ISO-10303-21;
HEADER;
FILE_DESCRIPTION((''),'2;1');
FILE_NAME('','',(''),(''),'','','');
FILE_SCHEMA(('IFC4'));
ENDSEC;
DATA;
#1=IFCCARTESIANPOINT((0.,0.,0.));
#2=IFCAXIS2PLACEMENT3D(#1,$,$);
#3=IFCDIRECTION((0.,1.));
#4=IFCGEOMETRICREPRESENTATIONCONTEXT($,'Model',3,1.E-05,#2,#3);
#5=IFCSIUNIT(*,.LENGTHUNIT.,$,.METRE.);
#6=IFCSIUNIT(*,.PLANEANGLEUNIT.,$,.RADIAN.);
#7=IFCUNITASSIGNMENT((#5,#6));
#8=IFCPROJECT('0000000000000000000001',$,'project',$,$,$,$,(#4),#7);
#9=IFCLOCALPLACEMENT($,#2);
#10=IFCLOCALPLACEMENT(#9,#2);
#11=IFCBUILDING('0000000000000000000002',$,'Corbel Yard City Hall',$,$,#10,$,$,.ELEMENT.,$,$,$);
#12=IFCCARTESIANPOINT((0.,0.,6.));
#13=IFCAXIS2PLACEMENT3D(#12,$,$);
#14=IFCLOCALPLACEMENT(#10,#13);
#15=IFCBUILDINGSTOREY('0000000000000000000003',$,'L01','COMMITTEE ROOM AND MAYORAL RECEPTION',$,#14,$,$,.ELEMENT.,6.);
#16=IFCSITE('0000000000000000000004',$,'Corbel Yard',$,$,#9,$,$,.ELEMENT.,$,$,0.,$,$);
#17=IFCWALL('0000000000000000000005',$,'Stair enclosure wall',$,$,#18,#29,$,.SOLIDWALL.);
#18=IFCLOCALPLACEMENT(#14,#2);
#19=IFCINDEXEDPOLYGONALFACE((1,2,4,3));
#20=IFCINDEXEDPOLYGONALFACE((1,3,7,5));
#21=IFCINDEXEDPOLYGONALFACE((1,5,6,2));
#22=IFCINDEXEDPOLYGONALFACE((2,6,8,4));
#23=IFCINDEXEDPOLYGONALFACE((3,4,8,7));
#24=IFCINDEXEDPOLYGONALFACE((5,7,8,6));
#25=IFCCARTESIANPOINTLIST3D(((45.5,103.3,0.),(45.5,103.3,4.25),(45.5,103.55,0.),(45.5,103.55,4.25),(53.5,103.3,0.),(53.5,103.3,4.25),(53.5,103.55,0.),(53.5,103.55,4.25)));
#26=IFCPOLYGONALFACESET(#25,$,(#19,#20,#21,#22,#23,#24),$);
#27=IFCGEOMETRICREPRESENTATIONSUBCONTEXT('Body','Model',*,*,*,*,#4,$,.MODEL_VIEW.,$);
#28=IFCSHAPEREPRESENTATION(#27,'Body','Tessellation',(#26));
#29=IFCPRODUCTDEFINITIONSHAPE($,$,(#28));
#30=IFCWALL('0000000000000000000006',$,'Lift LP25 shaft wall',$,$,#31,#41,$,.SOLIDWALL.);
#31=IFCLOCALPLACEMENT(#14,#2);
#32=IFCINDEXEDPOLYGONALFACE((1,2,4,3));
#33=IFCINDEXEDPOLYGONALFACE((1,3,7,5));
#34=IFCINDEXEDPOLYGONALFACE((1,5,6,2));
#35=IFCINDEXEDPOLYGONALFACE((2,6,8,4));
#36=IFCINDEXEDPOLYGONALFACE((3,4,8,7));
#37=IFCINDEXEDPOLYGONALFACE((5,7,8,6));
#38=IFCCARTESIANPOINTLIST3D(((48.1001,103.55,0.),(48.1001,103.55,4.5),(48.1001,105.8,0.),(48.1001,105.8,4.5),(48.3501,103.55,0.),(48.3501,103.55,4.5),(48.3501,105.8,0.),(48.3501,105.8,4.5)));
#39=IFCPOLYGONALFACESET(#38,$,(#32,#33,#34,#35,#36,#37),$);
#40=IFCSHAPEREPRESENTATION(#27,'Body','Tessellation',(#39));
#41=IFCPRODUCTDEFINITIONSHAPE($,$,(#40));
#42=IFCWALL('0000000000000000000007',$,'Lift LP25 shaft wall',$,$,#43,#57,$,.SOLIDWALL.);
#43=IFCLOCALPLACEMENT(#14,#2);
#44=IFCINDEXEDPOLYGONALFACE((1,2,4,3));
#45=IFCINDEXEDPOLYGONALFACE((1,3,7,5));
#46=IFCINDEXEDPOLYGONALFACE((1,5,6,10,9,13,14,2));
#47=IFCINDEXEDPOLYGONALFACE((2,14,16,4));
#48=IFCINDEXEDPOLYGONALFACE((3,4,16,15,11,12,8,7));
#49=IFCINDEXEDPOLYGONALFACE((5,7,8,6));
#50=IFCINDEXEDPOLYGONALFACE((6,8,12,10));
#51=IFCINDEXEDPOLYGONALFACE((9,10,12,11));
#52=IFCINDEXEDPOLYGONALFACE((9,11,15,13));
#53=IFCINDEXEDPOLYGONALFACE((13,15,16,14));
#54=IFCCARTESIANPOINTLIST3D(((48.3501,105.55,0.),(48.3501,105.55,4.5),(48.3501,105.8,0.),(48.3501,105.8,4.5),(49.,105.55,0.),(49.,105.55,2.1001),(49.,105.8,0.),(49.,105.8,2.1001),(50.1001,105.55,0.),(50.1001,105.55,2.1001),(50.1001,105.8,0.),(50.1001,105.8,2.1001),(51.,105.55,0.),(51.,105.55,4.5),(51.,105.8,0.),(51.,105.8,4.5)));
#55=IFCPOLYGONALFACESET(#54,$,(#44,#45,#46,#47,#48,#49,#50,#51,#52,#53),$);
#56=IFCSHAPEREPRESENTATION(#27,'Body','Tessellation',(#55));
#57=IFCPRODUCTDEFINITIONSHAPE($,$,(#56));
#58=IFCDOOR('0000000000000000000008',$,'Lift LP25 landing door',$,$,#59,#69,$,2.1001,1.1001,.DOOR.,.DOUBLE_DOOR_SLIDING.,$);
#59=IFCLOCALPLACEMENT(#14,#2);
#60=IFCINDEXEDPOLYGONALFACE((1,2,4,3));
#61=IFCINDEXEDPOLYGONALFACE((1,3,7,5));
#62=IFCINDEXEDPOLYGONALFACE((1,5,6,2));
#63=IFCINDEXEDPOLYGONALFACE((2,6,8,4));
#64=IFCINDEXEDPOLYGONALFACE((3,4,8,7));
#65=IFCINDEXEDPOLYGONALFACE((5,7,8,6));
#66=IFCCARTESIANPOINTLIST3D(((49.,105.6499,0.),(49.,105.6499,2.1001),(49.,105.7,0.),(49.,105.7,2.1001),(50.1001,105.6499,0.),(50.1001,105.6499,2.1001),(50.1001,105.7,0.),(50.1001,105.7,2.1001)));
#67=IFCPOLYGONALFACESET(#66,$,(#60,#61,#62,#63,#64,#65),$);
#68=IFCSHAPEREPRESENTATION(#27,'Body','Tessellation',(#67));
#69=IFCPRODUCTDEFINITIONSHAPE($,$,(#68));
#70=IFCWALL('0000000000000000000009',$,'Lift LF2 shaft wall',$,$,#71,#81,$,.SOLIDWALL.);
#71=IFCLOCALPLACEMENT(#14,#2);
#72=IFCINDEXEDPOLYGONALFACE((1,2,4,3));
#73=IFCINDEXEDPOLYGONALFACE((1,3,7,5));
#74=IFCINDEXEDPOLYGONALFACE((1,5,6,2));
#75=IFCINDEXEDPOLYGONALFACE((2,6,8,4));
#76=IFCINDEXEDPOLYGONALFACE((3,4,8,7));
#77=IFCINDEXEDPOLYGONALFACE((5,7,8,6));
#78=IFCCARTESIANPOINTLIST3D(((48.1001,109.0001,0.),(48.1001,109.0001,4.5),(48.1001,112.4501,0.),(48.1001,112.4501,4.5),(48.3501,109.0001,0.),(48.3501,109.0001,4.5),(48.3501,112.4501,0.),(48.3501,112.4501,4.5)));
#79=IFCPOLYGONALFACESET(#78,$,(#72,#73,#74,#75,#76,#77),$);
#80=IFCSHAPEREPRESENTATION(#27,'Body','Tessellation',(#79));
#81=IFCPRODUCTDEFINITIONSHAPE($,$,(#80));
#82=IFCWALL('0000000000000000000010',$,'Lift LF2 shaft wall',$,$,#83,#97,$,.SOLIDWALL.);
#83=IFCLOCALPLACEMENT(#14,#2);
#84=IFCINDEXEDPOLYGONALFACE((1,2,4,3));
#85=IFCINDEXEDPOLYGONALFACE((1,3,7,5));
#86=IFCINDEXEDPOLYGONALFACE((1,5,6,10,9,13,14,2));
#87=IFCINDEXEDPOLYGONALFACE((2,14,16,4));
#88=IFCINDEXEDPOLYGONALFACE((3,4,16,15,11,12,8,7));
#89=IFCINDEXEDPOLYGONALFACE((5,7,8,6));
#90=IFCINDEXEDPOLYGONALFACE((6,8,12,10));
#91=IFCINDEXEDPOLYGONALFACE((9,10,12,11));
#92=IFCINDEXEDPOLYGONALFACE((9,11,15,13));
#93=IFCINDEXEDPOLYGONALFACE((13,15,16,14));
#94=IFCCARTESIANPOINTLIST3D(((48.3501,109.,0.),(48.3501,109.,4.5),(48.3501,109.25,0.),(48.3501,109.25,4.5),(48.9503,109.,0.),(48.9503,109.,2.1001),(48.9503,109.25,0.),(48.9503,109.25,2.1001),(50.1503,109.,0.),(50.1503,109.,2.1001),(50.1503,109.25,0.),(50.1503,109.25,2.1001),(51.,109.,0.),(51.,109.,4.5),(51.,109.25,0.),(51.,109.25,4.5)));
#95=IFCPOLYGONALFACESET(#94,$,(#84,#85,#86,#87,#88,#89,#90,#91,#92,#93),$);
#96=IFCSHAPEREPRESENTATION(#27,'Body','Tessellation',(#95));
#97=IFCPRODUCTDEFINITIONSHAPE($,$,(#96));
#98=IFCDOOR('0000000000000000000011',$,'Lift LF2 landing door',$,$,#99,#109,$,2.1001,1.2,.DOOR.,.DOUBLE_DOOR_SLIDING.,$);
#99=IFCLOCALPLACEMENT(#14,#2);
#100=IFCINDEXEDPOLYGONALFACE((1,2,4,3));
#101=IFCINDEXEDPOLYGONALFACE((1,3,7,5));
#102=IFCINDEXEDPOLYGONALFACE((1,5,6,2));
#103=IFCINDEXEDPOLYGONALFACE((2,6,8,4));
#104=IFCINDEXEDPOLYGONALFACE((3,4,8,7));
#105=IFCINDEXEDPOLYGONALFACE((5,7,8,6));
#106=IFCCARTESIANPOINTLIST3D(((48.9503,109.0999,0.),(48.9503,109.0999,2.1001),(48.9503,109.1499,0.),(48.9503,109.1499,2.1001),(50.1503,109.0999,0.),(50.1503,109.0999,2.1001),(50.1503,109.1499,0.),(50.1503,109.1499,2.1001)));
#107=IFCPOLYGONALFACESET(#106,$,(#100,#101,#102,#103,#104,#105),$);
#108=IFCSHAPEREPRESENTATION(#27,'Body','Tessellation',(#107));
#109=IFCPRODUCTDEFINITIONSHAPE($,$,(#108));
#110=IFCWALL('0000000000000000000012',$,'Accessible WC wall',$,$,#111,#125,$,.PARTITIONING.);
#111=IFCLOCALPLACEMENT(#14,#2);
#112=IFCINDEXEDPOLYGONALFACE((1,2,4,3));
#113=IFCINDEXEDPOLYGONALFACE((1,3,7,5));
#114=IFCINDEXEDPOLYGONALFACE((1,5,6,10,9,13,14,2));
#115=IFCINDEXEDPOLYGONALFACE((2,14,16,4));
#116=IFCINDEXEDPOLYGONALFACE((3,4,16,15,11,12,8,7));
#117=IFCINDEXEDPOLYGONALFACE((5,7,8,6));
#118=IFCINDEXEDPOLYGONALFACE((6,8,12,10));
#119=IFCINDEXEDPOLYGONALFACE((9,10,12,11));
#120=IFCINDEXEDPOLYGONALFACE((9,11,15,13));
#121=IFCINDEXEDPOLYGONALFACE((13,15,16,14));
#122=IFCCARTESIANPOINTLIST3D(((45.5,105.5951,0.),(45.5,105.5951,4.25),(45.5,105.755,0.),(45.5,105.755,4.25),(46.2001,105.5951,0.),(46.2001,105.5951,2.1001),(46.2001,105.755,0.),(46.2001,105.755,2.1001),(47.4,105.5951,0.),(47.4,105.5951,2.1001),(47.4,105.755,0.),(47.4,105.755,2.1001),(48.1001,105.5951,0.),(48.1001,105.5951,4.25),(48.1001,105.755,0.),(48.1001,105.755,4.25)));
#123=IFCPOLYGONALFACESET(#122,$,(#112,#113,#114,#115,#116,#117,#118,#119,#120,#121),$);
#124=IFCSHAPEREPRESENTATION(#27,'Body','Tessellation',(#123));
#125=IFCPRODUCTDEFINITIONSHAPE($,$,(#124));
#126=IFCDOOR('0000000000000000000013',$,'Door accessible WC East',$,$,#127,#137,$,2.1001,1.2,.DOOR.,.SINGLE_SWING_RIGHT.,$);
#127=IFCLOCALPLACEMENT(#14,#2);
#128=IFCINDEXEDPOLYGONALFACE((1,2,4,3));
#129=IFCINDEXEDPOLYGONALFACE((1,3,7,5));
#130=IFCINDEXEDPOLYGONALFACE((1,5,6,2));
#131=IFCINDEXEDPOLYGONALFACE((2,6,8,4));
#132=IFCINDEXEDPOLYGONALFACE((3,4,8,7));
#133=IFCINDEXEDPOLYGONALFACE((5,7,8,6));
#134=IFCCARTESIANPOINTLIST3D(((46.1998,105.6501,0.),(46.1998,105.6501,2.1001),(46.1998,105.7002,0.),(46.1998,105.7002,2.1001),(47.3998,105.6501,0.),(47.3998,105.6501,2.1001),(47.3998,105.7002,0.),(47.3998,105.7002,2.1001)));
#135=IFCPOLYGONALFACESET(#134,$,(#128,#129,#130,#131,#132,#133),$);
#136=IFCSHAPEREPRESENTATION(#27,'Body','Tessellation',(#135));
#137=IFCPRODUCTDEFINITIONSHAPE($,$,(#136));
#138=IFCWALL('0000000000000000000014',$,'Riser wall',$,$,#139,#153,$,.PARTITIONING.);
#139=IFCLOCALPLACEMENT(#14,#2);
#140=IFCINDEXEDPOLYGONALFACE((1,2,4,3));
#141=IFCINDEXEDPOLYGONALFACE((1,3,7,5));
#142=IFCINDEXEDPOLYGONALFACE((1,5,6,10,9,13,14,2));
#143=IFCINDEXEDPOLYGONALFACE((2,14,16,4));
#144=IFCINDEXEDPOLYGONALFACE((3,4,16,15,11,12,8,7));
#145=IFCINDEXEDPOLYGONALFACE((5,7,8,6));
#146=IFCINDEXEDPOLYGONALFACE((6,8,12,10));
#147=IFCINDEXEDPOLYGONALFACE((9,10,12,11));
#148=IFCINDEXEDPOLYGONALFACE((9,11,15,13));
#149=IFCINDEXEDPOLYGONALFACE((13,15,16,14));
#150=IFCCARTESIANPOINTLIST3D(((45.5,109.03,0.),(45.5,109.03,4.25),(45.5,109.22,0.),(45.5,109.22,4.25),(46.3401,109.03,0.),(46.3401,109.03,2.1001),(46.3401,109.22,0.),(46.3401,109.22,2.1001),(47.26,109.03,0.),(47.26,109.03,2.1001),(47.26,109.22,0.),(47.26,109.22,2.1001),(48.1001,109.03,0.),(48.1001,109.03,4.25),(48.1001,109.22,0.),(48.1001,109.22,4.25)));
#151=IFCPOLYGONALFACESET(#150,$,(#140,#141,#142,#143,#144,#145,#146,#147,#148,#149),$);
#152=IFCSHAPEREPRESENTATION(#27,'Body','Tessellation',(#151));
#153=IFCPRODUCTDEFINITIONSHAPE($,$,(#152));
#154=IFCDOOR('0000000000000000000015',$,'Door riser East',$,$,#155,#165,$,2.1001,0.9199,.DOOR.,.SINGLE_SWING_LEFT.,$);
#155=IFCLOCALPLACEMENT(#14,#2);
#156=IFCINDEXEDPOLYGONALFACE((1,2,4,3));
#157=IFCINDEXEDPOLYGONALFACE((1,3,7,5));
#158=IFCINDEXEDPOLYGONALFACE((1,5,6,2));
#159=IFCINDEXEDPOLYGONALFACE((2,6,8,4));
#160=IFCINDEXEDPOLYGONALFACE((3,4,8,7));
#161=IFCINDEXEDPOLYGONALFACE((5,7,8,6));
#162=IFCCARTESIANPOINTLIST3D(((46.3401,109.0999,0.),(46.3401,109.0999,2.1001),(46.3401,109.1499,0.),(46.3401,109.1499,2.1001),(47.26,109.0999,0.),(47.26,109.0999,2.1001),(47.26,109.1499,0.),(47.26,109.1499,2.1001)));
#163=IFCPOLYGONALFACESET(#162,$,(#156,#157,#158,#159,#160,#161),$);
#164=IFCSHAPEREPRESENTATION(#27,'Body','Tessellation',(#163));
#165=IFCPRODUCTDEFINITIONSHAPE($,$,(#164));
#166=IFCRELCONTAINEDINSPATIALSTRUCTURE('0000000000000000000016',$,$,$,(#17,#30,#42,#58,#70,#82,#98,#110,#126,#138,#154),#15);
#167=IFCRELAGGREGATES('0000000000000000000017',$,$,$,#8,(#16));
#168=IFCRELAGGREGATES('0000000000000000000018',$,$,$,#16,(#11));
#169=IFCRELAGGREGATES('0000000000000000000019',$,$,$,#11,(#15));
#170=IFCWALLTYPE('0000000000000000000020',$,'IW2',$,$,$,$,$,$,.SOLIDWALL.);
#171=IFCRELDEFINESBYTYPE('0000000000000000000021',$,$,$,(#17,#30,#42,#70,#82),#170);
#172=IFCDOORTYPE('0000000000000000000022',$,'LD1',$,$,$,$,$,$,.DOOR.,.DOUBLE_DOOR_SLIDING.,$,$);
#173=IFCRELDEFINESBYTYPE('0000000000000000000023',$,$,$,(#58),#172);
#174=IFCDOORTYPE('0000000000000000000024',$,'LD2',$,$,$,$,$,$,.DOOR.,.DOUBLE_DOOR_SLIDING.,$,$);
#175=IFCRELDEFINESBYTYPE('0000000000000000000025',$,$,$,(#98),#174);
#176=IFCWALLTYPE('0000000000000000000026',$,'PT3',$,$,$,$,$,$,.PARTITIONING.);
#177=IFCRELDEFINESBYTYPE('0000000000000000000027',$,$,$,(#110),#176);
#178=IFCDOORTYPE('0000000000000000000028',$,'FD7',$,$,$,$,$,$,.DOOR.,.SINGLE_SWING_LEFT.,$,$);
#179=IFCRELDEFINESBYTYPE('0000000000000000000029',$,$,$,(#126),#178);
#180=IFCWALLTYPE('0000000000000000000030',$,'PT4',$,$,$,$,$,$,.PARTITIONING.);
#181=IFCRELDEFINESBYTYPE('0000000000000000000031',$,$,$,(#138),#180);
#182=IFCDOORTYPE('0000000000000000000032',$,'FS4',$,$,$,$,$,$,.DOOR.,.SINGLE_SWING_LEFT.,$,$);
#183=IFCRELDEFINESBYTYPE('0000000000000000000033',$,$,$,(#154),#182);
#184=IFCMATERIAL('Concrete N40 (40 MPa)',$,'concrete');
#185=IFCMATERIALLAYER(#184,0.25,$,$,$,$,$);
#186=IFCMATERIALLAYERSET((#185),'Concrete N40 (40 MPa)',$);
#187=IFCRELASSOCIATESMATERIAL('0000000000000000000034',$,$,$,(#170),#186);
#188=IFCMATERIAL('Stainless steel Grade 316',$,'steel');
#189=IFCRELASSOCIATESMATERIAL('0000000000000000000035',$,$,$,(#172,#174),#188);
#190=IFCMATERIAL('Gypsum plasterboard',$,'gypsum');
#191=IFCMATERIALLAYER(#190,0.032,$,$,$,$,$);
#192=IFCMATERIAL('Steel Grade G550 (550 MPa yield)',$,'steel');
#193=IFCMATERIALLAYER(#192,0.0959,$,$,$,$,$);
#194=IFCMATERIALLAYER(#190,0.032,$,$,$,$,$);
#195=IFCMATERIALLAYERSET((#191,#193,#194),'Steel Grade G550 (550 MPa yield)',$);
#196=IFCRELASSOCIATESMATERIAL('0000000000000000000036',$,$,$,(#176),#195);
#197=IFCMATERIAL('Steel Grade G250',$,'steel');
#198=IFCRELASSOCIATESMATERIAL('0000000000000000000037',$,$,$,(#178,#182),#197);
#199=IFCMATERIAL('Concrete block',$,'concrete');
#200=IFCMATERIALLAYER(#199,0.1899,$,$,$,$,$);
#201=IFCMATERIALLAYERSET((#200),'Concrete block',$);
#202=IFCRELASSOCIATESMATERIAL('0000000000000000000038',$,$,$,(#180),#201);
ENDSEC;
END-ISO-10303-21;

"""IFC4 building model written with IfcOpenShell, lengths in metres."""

from ifc_helpers import new_model, si_unit, direction, frame, frame_2d, origin, place, context, subcontext, project, spatial, rectangle, extrude, material, layer, layer_set, type_object, element, fill, save


model = new_model("IFC4")

# Units and contexts
model_context = context("Model", 3, precision=1e-05, world=origin(), true_north=direction((0.0, 1.0)))
body_context = subcontext(model_context, "Body", "Model", "MODEL_VIEW")
ifc_project = project(units=[si_unit("LENGTHUNIT", "METRE"), si_unit("PLANEANGLEUNIT", "RADIAN")], contexts=[model_context])

# Site, building, storey
site_placement = place(None, origin())
site = spatial("IfcSite", under=ifc_project, at=site_placement, Name="Corbel Yard", CompositionType="ELEMENT", RefElevation=0.0)
building_placement = place(site_placement, origin())
building = spatial("IfcBuilding", under=site, at=building_placement, Name="Corbel Yard City Hall", CompositionType="ELEMENT")
storey_placement = place(building_placement, frame((0.0, 0.0, 6.0)))
storey = spatial("IfcBuildingStorey", under=building, at=storey_placement, Name="L01", Description="COMMITTEE ROOM AND MAYORAL RECEPTION", CompositionType="ELEMENT", Elevation=6.0)

# Walls
ifc_material_1 = material(Name="Concrete N40 (40 MPa)", Category="concrete")
ifc_layer_1 = layer(ifc_material_1, 0.25)
ifc_layer_set_1 = layer_set([ifc_layer_1], Name="Concrete N40 (40 MPa)")
wall_type_1 = type_object("IfcWallType", Name="IW2", PredefinedType="SOLIDWALL", material=ifc_layer_set_1)
wall_1_placement = place(storey_placement, frame((45.5, 103.425, 0.0), z_axis=(0.0, 0.0, 1.0), x_axis=(1.0, 0.0, 0.0)))
element("IfcWall", 1, at=wall_1_placement, inside=storey, type_object=wall_type_1, Name="Stair enclosure wall", PredefinedType="SOLIDWALL", context=body_context, shape_type="SweptSolid", body=[
    extrude(rectangle(XDim=8.0, YDim=0.25, at=frame_2d((4.0, 0.0))), origin(), (0.0, 0.0, 1.0), 4.25),
])
wall_2_placement = place(storey_placement, frame((48.2251, 103.55, 0.0), z_axis=(0.0, 0.0, 1.0), x_axis=(0.0, 1.0, 0.0)))
element("IfcWall", 2, at=wall_2_placement, inside=storey, type_object=wall_type_1, Name="Lift LP25 shaft wall", PredefinedType="SOLIDWALL", context=body_context, shape_type="SweptSolid", body=[
    extrude(rectangle(XDim=2.25, YDim=0.25, at=frame_2d((1.125, 0.0))), origin(), (0.0, 0.0, 1.0), 4.5),
])

# Wall, opening, door
wall_3_placement = place(storey_placement, frame((48.3501, 105.675, 0.0), z_axis=(0.0, 0.0, 1.0), x_axis=(1.0, 0.0, 0.0)))
wall_3 = element("IfcWall", 3, at=wall_3_placement, inside=storey, type_object=wall_type_1, Name="Lift LP25 shaft wall", PredefinedType="SOLIDWALL", context=body_context, shape_type="SweptSolid", body=[
    extrude(rectangle(XDim=2.6499, YDim=0.25, at=frame_2d((1.325, 0.0))), origin(), (0.0, 0.0, 1.0), 4.5),
])
opening_1_placement = place(wall_3_placement, frame((0.6499, 0.0, 0.0)))
opening_1 = element("IfcOpeningElement", 4, at=opening_1_placement, cuts=wall_3, PredefinedType="OPENING", context=body_context, shape_type="SweptSolid", body=[
    extrude(rectangle(XDim=1.1001, YDim=2.1001, at=frame_2d((0.55, 1.05))), frame((0.0, 0.135, 0.0), z_axis=(0.0, -1.0, 0.0), x_axis=(1.0, 0.0, 0.0)), (0.0, 0.0, 1.0), 0.27),
])
ifc_material_2 = material(Name="Stainless steel Grade 316", Category="steel")
door_type_1 = type_object("IfcDoorType", Name="LD1", OperationType="DOUBLE_DOOR_SLIDING", PredefinedType="DOOR", material=ifc_material_2)
door_1_placement = place(opening_1_placement, origin())
door_1 = element("IfcDoor", 5, at=door_1_placement, inside=storey, type_object=door_type_1, Name="Lift LP25 landing door", OperationType="DOUBLE_DOOR_SLIDING", OverallHeight=2.1001, OverallWidth=1.1001, PredefinedType="DOOR", context=body_context, shape_type="SweptSolid", body=[
    extrude(rectangle(XDim=1.1001, YDim=2.1001, at=frame_2d((0.55, 1.05))), frame((0.0, 0.0249, 0.0), z_axis=(0.0, -1.0, 0.0), x_axis=(1.0, 0.0, 0.0)), (0.0, 0.0, 1.0), 0.05),
])
fill(opening_1, door_1)

# Wall
wall_4_placement = place(storey_placement, frame((48.2251, 109.0, 0.0), z_axis=(0.0, 0.0, 1.0), x_axis=(0.0, 1.0, 0.0)))
element("IfcWall", 6, at=wall_4_placement, inside=storey, type_object=wall_type_1, Name="Lift LF2 shaft wall", PredefinedType="SOLIDWALL", context=body_context, shape_type="SweptSolid", body=[
    extrude(rectangle(XDim=3.45, YDim=0.25, at=frame_2d((1.7251, 0.0))), origin(), (0.0, 0.0, 1.0), 4.5),
])

# Walls, openings, doors
wall_5_placement = place(storey_placement, frame((48.3501, 109.125, 0.0), z_axis=(0.0, 0.0, 1.0), x_axis=(1.0, 0.0, 0.0)))
wall_5 = element("IfcWall", 7, at=wall_5_placement, inside=storey, type_object=wall_type_1, Name="Lift LF2 shaft wall", PredefinedType="SOLIDWALL", context=body_context, shape_type="SweptSolid", body=[
    extrude(rectangle(XDim=2.6499, YDim=0.25, at=frame_2d((1.325, 0.0))), origin(), (0.0, 0.0, 1.0), 4.5),
])
opening_2_placement = place(wall_5_placement, frame((0.6001, 0.0, 0.0)))
opening_2 = element("IfcOpeningElement", 8, at=opening_2_placement, cuts=wall_5, PredefinedType="OPENING", context=body_context, shape_type="SweptSolid", body=[
    extrude(rectangle(XDim=1.2, YDim=2.1001, at=frame_2d((0.6001, 1.05))), frame((0.0, 0.135, 0.0), z_axis=(0.0, -1.0, 0.0), x_axis=(1.0, 0.0, 0.0)), (0.0, 0.0, 1.0), 0.27),
])
door_type_2 = type_object("IfcDoorType", Name="LD2", OperationType="DOUBLE_DOOR_SLIDING", PredefinedType="DOOR", material=ifc_material_2)
door_2_placement = place(opening_2_placement, origin())
door_2 = element("IfcDoor", 9, at=door_2_placement, inside=storey, type_object=door_type_2, Name="Lift LF2 landing door", OperationType="DOUBLE_DOOR_SLIDING", OverallHeight=2.1001, OverallWidth=1.2, PredefinedType="DOOR", context=body_context, shape_type="SweptSolid", body=[
    extrude(rectangle(XDim=1.2, YDim=2.1001, at=frame_2d((0.6001, 1.05))), frame((0.0, 0.0249, 0.0), z_axis=(0.0, -1.0, 0.0), x_axis=(1.0, 0.0, 0.0)), (0.0, 0.0, 1.0), 0.05),
])
fill(opening_2, door_2)
ifc_material_3 = material(Name="Gypsum plasterboard", Category="gypsum")
ifc_layer_2 = layer(ifc_material_3, 0.032)
ifc_material_4 = material(Name="Steel Grade G550 (550 MPa yield)", Category="steel")
ifc_layer_3 = layer(ifc_material_4, 0.0959)
ifc_layer_4 = layer(ifc_material_3, 0.032)
ifc_layer_set_2 = layer_set([ifc_layer_2, ifc_layer_3, ifc_layer_4], Name="Steel Grade G550 (550 MPa yield)")
wall_type_2 = type_object("IfcWallType", Name="PT3", PredefinedType="PARTITIONING", material=ifc_layer_set_2)
wall_6_placement = place(storey_placement, frame((45.5, 105.675, 0.0), z_axis=(0.0, 0.0, 1.0), x_axis=(1.0, 0.0, 0.0)))
wall_6 = element("IfcWall", 10, at=wall_6_placement, inside=storey, type_object=wall_type_2, Name="Accessible WC wall", PredefinedType="PARTITIONING", context=body_context, shape_type="SweptSolid", body=[
    extrude(rectangle(XDim=2.6001, YDim=0.1599, at=frame_2d((1.3, 0.0))), origin(), (0.0, 0.0, 1.0), 4.25),
])
opening_3_placement = place(wall_6_placement, frame((0.7, 0.0, 0.0)))
opening_3 = element("IfcOpeningElement", 11, at=opening_3_placement, cuts=wall_6, PredefinedType="OPENING", context=body_context, shape_type="SweptSolid", body=[
    extrude(rectangle(XDim=1.2, YDim=2.1001, at=frame_2d((0.6001, 1.05))), frame((0.0, 0.0898, 0.0), z_axis=(0.0, -1.0, 0.0), x_axis=(1.0, 0.0, 0.0)), (0.0, 0.0, 1.0), 0.1799),
])
ifc_material_5 = material(Name="Steel Grade G250", Category="steel")
door_type_3 = type_object("IfcDoorType", Name="FD7", OperationType="SINGLE_SWING_LEFT", PredefinedType="DOOR", material=ifc_material_5)
door_3_placement = place(opening_3_placement, frame((1.2, 0.0, 0.0), z_axis=(0.0, 0.0, 1.0), x_axis=(-1.0, 0.0, 0.0)))
door_3 = element("IfcDoor", 12, at=door_3_placement, inside=storey, type_object=door_type_3, Name="Door accessible WC East", OperationType="SINGLE_SWING_RIGHT", OverallHeight=2.1001, OverallWidth=1.2, PredefinedType="DOOR", context=body_context, shape_type="SweptSolid", body=[
    extrude(rectangle(XDim=1.2, YDim=2.1001, at=frame_2d((0.6001, 1.05))), frame((0.0, 0.0249, 0.0), z_axis=(0.0, -1.0, 0.0), x_axis=(1.0, 0.0, 0.0)), (0.0, 0.0, 1.0), 0.05),
])
fill(opening_3, door_3)
ifc_material_6 = material(Name="Concrete block", Category="concrete")
ifc_layer_5 = layer(ifc_material_6, 0.1899)
ifc_layer_set_3 = layer_set([ifc_layer_5], Name="Concrete block")
wall_type_3 = type_object("IfcWallType", Name="PT4", PredefinedType="PARTITIONING", material=ifc_layer_set_3)
wall_7_placement = place(storey_placement, frame((45.5, 109.125, 0.0), z_axis=(0.0, 0.0, 1.0), x_axis=(1.0, 0.0, 0.0)))
wall_7 = element("IfcWall", 13, at=wall_7_placement, inside=storey, type_object=wall_type_3, Name="Riser wall", PredefinedType="PARTITIONING", context=body_context, shape_type="SweptSolid", body=[
    extrude(rectangle(XDim=2.6001, YDim=0.1899, at=frame_2d((1.3, 0.0))), origin(), (0.0, 0.0, 1.0), 4.25),
])
opening_4_placement = place(wall_7_placement, frame((0.8401, 0.0, 0.0)))
opening_4 = element("IfcOpeningElement", 14, at=opening_4_placement, cuts=wall_7, PredefinedType="OPENING", context=body_context, shape_type="SweptSolid", body=[
    extrude(rectangle(XDim=0.9199, YDim=2.1001, at=frame_2d((0.46, 1.05))), frame((0.0, 0.105, 0.0), z_axis=(0.0, -1.0, 0.0), x_axis=(1.0, 0.0, 0.0)), (0.0, 0.0, 1.0), 0.21),
])
door_type_4 = type_object("IfcDoorType", Name="FS4", OperationType="SINGLE_SWING_LEFT", PredefinedType="DOOR", material=ifc_material_5)
door_4_placement = place(opening_4_placement, origin())
door_4 = element("IfcDoor", 15, at=door_4_placement, inside=storey, type_object=door_type_4, Name="Door riser East", OperationType="SINGLE_SWING_LEFT", OverallHeight=2.1001, OverallWidth=0.9199, PredefinedType="DOOR", context=body_context, shape_type="SweptSolid", body=[
    extrude(rectangle(XDim=0.9199, YDim=2.1001, at=frame_2d((0.46, 1.05))), frame((0.0, 0.0249, 0.0), z_axis=(0.0, -1.0, 0.0), x_axis=(1.0, 0.0, 0.0)), (0.0, 0.0, 1.0), 0.05),
])
fill(opening_4, door_4)

save(model, "model.ifc")
